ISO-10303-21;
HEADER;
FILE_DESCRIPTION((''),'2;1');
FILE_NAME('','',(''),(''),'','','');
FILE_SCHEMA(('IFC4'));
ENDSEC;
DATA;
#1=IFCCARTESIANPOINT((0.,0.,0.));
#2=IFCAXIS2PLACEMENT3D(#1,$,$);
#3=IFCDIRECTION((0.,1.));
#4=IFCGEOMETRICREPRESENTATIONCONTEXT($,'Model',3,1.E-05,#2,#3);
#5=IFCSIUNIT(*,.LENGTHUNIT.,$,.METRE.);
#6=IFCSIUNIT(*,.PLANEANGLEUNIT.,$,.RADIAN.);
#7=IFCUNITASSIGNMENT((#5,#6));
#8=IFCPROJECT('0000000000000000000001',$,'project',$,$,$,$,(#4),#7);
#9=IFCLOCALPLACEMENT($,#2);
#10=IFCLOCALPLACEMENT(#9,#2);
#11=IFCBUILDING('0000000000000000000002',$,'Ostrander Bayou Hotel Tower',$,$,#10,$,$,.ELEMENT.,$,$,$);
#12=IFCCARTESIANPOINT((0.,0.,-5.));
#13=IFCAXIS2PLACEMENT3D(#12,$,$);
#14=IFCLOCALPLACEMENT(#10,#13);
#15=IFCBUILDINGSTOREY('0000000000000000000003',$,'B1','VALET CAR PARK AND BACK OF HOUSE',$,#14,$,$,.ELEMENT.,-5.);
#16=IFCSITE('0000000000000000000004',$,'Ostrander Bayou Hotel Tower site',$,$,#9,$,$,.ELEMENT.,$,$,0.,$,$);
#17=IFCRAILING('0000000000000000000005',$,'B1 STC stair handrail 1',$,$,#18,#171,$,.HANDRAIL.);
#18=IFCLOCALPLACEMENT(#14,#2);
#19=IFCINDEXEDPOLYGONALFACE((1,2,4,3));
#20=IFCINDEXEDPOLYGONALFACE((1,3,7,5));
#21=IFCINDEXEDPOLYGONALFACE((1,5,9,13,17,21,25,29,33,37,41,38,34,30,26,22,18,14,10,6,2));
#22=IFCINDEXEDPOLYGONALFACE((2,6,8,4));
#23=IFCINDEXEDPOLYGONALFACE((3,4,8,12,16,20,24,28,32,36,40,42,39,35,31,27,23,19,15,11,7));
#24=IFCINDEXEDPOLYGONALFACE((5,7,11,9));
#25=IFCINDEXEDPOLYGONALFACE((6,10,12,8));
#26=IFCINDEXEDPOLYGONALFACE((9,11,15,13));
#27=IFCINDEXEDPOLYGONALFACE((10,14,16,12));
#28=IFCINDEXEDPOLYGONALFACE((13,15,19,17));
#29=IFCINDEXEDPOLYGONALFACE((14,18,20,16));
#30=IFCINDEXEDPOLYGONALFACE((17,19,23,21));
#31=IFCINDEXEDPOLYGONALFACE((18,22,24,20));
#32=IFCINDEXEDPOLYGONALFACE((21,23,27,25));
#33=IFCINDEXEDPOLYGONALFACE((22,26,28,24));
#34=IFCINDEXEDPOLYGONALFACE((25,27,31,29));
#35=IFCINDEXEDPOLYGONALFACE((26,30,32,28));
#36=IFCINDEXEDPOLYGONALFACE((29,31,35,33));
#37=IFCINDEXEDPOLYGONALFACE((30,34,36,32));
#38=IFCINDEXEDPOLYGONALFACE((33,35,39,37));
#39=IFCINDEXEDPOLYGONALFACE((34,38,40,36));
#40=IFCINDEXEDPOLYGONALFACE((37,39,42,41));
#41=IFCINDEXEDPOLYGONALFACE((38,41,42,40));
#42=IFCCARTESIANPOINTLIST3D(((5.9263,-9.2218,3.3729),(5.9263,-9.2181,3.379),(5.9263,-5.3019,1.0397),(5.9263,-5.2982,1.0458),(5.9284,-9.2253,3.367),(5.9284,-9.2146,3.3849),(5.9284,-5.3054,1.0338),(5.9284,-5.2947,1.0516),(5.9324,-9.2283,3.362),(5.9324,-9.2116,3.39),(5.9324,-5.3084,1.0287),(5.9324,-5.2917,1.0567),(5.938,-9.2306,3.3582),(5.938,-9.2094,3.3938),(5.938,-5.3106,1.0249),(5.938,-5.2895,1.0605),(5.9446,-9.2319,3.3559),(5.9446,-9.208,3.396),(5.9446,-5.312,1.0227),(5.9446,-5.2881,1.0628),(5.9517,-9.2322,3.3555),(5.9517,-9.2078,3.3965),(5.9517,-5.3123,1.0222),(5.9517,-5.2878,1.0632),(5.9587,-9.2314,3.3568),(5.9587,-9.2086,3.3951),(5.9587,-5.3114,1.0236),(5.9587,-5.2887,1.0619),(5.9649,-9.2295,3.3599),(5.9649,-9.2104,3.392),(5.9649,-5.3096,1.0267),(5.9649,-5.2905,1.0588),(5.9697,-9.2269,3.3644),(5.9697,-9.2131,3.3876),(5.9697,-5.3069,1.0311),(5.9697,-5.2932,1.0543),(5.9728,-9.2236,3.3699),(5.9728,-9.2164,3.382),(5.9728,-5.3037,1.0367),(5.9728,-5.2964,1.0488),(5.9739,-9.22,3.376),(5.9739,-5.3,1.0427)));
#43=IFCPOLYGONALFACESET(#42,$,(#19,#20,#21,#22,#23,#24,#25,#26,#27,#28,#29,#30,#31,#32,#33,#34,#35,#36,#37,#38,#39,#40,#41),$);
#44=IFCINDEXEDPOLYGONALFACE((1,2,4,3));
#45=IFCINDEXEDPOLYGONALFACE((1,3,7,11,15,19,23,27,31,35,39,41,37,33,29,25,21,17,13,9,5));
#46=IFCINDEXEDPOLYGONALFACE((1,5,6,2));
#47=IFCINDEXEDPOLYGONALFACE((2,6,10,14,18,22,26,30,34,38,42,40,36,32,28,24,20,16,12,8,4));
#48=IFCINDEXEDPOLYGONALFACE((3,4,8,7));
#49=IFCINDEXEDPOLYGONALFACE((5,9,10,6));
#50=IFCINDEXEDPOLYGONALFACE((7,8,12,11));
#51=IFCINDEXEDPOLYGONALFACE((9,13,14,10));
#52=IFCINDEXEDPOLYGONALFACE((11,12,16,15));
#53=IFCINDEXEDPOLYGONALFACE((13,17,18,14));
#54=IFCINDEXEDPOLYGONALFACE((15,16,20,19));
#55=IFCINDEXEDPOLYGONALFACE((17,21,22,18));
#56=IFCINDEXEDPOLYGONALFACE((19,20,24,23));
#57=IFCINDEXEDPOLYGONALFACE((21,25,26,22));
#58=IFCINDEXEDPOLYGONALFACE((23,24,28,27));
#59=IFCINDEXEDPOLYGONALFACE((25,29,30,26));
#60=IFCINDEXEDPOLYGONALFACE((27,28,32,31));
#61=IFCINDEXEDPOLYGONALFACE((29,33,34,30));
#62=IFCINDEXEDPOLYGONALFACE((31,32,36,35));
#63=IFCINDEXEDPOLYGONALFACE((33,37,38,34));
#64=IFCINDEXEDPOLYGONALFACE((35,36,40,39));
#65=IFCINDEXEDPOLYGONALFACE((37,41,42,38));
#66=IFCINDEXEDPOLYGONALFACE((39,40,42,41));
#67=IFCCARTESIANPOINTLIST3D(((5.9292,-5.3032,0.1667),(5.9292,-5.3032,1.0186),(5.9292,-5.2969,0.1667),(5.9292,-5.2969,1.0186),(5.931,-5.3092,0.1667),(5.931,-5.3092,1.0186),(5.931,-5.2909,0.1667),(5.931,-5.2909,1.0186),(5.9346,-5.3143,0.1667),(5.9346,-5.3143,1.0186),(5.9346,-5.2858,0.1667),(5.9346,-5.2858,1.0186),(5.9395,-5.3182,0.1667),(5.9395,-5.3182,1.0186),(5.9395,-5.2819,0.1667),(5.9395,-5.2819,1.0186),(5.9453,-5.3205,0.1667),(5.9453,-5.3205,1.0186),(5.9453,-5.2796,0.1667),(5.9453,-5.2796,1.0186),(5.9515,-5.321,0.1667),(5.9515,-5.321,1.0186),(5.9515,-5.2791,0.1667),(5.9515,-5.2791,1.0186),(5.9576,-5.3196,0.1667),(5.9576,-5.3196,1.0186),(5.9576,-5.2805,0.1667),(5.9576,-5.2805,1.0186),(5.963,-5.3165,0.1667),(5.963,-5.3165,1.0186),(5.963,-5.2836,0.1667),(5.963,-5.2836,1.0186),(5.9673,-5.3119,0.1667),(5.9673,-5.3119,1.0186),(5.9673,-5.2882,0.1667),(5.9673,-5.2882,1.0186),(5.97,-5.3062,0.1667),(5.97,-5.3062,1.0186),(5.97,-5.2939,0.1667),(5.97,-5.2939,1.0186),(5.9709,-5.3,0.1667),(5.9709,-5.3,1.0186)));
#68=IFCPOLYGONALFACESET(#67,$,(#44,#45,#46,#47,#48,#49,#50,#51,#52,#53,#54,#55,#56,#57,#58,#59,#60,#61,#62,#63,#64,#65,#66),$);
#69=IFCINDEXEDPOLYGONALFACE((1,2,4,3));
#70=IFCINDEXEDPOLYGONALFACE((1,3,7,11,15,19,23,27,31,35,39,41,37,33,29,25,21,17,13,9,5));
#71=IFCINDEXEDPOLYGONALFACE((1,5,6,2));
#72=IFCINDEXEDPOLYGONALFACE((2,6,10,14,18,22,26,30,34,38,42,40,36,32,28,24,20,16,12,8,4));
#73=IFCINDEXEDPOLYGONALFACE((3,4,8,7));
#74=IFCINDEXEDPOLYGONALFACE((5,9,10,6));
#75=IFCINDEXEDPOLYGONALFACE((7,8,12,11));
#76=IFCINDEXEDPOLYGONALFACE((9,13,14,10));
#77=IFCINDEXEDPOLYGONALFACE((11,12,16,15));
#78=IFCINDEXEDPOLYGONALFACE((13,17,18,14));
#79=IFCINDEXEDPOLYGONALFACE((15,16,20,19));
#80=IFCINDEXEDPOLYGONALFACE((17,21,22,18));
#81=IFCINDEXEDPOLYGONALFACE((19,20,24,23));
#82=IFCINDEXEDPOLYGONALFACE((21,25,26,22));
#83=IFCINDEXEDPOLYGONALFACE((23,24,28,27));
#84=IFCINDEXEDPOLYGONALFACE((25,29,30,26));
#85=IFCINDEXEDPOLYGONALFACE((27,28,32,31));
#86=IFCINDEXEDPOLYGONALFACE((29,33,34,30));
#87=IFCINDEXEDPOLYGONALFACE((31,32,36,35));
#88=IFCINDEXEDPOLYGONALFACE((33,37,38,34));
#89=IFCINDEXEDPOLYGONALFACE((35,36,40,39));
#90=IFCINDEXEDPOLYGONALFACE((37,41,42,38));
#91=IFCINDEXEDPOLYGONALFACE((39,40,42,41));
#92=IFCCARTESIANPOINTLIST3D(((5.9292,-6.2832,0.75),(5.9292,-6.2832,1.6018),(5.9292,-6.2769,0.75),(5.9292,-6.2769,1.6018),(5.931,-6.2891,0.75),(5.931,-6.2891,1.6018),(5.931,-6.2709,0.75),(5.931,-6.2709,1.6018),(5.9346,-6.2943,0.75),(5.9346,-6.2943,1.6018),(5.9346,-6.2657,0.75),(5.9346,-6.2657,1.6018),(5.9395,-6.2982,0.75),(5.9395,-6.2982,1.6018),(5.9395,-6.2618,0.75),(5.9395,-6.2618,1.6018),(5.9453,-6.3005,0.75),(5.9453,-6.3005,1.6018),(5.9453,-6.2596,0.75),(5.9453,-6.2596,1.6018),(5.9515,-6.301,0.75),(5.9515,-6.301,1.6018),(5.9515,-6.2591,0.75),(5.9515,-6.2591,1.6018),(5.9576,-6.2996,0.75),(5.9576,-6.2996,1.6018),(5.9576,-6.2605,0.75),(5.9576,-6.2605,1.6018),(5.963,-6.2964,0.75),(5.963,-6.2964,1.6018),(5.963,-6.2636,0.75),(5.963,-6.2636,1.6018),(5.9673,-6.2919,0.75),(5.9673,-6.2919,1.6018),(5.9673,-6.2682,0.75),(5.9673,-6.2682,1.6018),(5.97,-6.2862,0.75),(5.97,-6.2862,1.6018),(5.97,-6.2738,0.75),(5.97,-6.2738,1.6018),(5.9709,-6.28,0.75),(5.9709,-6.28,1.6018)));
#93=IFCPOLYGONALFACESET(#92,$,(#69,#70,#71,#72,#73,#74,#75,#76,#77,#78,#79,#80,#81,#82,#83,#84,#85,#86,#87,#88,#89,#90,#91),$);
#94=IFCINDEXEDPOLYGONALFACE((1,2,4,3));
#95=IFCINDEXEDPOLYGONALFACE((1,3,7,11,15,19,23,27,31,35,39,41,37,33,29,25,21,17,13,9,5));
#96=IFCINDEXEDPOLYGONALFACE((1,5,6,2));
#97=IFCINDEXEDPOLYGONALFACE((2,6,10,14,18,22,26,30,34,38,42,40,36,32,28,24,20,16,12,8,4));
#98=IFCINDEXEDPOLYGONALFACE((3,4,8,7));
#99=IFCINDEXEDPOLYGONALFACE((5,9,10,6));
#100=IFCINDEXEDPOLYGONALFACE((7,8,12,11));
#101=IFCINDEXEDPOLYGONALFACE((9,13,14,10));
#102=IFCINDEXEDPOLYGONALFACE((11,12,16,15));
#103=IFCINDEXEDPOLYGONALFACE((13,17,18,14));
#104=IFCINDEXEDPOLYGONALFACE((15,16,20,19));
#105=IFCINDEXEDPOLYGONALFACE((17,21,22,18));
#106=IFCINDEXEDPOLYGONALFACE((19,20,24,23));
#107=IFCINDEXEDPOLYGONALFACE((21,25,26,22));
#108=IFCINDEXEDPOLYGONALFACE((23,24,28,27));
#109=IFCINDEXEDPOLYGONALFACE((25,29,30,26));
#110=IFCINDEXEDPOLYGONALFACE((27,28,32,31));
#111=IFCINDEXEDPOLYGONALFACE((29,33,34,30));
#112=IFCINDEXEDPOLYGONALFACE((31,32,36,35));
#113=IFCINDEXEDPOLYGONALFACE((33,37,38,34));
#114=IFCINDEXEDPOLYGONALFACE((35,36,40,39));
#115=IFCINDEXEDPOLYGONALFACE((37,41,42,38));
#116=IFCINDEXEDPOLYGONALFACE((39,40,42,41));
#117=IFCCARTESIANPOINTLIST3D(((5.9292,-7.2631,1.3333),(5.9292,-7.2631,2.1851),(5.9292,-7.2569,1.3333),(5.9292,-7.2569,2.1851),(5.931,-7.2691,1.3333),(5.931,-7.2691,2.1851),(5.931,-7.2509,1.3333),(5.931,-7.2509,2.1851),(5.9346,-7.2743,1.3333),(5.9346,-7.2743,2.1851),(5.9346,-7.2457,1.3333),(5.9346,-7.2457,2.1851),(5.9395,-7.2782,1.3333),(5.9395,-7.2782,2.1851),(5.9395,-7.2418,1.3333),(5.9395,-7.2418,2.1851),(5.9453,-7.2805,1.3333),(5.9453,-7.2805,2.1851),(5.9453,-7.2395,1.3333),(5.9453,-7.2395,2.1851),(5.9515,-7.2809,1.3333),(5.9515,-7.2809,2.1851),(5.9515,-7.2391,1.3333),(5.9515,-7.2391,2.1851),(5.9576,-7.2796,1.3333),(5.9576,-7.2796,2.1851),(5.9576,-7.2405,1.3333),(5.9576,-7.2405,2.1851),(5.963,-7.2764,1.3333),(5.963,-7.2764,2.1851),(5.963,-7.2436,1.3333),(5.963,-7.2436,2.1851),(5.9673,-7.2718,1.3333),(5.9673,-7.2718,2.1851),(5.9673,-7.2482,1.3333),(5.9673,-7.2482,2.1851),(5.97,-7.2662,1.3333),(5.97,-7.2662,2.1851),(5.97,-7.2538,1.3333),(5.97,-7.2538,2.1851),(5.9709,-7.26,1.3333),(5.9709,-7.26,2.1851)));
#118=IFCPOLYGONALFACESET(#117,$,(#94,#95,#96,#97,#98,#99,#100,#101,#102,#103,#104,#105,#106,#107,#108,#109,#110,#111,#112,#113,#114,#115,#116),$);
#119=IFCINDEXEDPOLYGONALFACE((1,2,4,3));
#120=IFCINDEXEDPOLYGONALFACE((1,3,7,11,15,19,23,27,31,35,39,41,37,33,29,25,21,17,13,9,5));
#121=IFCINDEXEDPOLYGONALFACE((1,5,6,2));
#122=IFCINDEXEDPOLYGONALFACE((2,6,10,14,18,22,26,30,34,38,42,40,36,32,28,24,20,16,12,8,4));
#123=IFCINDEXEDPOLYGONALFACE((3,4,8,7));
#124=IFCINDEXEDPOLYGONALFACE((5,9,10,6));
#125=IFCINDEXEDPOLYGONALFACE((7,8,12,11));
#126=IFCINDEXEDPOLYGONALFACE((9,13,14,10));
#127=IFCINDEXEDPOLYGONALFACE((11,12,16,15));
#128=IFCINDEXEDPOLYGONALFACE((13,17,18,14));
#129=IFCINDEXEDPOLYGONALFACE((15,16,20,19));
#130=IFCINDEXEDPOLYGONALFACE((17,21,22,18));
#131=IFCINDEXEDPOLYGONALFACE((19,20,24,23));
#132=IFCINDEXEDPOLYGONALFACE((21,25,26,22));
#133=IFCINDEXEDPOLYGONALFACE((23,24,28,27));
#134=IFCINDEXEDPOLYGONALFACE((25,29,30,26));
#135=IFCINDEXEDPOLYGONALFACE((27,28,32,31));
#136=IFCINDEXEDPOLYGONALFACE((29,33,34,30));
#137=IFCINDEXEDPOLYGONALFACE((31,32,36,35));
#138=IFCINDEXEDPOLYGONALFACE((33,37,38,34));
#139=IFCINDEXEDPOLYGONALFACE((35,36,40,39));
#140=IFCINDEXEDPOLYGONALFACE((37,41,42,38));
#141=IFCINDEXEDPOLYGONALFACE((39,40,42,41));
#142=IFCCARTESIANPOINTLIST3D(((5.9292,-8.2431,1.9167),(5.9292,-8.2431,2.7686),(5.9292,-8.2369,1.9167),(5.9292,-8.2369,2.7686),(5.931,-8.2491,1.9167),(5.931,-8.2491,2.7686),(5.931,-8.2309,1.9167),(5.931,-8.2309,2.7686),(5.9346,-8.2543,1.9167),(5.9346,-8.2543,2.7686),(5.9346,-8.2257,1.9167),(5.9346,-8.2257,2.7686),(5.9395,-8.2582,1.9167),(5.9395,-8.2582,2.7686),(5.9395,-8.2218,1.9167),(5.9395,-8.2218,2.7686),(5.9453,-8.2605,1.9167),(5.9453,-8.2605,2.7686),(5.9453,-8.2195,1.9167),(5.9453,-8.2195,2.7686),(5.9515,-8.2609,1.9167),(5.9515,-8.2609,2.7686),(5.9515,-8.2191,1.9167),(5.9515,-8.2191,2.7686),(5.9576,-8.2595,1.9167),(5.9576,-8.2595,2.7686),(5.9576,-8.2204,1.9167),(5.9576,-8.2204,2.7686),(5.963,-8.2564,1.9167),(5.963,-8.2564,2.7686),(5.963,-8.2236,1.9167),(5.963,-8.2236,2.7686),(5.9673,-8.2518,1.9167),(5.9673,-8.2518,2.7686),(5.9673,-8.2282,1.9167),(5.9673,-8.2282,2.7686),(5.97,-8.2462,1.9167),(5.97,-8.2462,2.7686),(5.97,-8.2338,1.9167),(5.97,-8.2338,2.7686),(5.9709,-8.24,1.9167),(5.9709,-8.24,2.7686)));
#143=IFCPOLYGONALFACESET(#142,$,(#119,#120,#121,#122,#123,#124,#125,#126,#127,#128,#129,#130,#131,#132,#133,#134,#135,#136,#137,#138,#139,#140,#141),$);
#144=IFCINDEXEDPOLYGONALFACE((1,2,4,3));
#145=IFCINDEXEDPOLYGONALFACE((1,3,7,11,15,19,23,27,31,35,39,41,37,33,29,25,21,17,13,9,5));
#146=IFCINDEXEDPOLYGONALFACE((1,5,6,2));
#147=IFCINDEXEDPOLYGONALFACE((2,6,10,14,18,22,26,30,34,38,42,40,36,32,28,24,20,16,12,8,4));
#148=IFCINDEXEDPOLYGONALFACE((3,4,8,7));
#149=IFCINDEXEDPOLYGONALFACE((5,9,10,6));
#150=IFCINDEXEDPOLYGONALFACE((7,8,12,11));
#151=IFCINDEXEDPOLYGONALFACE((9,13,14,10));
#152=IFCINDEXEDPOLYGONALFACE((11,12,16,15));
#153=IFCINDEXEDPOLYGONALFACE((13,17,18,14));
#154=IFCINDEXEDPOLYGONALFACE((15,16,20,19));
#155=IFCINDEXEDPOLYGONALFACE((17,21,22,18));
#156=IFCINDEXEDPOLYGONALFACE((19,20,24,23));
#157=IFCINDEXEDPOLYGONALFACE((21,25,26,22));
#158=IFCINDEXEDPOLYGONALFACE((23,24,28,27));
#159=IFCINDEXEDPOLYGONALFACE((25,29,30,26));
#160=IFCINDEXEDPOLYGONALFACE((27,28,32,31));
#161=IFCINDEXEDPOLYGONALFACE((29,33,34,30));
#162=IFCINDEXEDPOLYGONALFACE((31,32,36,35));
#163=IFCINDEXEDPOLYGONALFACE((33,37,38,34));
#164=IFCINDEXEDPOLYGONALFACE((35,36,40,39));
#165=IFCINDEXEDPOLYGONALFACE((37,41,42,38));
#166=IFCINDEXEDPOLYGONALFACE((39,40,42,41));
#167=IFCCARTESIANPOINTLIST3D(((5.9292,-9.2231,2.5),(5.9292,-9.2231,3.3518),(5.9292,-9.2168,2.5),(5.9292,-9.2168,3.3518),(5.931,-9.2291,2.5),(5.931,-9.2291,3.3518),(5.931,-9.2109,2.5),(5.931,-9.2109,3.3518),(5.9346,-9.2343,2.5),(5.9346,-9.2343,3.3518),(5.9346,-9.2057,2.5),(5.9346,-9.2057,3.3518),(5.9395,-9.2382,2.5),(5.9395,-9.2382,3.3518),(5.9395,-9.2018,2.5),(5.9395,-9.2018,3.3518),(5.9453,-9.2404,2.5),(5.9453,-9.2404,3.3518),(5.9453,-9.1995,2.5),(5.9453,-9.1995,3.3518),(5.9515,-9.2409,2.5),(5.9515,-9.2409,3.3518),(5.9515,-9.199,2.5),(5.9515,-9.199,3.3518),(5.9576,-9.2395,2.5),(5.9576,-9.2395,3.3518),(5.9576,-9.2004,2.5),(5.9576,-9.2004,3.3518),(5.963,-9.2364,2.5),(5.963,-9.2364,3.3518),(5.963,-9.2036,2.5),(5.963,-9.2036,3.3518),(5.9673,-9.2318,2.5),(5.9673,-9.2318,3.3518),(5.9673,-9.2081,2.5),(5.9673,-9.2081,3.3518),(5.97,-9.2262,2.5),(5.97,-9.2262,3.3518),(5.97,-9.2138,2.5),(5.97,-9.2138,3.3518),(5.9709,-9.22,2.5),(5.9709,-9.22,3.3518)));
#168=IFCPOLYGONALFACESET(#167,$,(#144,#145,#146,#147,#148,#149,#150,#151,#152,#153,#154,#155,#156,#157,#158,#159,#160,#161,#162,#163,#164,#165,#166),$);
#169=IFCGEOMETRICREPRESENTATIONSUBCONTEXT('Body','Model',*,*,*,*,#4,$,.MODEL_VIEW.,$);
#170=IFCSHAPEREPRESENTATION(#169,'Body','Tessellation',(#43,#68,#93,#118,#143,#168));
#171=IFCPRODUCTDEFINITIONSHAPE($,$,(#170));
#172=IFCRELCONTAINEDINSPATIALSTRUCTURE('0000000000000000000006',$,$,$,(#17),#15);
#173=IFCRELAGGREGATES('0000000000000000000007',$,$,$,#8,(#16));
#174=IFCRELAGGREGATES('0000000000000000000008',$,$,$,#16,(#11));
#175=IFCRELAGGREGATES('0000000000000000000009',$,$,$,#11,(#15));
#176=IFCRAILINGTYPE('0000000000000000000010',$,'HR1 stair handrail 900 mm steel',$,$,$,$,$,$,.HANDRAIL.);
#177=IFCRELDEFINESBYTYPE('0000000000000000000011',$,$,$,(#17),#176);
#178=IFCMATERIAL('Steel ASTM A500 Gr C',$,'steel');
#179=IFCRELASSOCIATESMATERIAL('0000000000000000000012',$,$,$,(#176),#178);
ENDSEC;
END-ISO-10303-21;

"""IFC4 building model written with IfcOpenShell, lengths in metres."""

from ifc_helpers import new_model, si_unit, direction, frame, origin, origin_2d, place, context, subcontext, project, spatial, circle, extrude, material, type_object, element, save


model = new_model("IFC4")

# Units and contexts
model_context = context("Model", 3, precision=1e-05, world=origin(), true_north=direction((0.0, 1.0)))
body_context = subcontext(model_context, "Body", "Model", "MODEL_VIEW")
ifc_project = project(units=[si_unit("LENGTHUNIT", "METRE"), si_unit("PLANEANGLEUNIT", "RADIAN")], contexts=[model_context])

# Site, building, storey
site_placement = place(None, origin())
site = spatial("IfcSite", under=ifc_project, at=site_placement, Name="Ostrander Bayou Hotel Tower site", CompositionType="ELEMENT", RefElevation=0.0)
building_placement = place(site_placement, origin())
building = spatial("IfcBuilding", under=site, at=building_placement, Name="Ostrander Bayou Hotel Tower", CompositionType="ELEMENT")
storey_placement = place(building_placement, frame((0.0, 0.0, -5.0)))
storey = spatial("IfcBuildingStorey", under=building, at=storey_placement, Name="B1", Description="VALET CAR PARK AND BACK OF HOUSE", CompositionType="ELEMENT", Elevation=-5.0)

# Railing
ifc_material_1 = material(Name="Steel ASTM A500 Gr C", Category="steel")
railing_type_1 = type_object("IfcRailingType", Name="HR1 stair handrail 900 mm steel", PredefinedType="HANDRAIL", material=ifc_material_1)
railing_1_placement = place(storey_placement, frame((5.95, -5.3, 0.1667)))
element("IfcRailing", 1, at=railing_1_placement, inside=storey, type_object=railing_type_1, Name="B1 STC stair handrail 1", PredefinedType="HANDRAIL", context=body_context, shape_type="SweptSolid", body=[
    extrude(circle(Radius=0.0239, at=origin_2d()), frame((0.0, 0.0, 0.876), z_axis=(0.0, -0.859296, 0.511478), x_axis=(1.0, 0.0, 0.0)), (0.0, 0.0, 1.0), 4.5618),
    extrude(circle(Radius=0.021, at=origin_2d()), origin(), (0.0, 0.0, 1.0), 0.8518),
    extrude(circle(Radius=0.021, at=origin_2d()), frame((0.0, -0.98, 0.5833)), (0.0, 0.0, 1.0), 0.8518),
    extrude(circle(Radius=0.021, at=origin_2d()), frame((0.0, -1.96, 1.1665)), (0.0, 0.0, 1.0), 0.8518),
    extrude(circle(Radius=0.021, at=origin_2d()), frame((0.0, -2.9399, 1.75)), (0.0, 0.0, 1.0), 0.8518),
    extrude(circle(Radius=0.021, at=origin_2d()), frame((0.0, -3.9199, 2.3333)), (0.0, 0.0, 1.0), 0.8518),
])

save(model, "model.ifc")
